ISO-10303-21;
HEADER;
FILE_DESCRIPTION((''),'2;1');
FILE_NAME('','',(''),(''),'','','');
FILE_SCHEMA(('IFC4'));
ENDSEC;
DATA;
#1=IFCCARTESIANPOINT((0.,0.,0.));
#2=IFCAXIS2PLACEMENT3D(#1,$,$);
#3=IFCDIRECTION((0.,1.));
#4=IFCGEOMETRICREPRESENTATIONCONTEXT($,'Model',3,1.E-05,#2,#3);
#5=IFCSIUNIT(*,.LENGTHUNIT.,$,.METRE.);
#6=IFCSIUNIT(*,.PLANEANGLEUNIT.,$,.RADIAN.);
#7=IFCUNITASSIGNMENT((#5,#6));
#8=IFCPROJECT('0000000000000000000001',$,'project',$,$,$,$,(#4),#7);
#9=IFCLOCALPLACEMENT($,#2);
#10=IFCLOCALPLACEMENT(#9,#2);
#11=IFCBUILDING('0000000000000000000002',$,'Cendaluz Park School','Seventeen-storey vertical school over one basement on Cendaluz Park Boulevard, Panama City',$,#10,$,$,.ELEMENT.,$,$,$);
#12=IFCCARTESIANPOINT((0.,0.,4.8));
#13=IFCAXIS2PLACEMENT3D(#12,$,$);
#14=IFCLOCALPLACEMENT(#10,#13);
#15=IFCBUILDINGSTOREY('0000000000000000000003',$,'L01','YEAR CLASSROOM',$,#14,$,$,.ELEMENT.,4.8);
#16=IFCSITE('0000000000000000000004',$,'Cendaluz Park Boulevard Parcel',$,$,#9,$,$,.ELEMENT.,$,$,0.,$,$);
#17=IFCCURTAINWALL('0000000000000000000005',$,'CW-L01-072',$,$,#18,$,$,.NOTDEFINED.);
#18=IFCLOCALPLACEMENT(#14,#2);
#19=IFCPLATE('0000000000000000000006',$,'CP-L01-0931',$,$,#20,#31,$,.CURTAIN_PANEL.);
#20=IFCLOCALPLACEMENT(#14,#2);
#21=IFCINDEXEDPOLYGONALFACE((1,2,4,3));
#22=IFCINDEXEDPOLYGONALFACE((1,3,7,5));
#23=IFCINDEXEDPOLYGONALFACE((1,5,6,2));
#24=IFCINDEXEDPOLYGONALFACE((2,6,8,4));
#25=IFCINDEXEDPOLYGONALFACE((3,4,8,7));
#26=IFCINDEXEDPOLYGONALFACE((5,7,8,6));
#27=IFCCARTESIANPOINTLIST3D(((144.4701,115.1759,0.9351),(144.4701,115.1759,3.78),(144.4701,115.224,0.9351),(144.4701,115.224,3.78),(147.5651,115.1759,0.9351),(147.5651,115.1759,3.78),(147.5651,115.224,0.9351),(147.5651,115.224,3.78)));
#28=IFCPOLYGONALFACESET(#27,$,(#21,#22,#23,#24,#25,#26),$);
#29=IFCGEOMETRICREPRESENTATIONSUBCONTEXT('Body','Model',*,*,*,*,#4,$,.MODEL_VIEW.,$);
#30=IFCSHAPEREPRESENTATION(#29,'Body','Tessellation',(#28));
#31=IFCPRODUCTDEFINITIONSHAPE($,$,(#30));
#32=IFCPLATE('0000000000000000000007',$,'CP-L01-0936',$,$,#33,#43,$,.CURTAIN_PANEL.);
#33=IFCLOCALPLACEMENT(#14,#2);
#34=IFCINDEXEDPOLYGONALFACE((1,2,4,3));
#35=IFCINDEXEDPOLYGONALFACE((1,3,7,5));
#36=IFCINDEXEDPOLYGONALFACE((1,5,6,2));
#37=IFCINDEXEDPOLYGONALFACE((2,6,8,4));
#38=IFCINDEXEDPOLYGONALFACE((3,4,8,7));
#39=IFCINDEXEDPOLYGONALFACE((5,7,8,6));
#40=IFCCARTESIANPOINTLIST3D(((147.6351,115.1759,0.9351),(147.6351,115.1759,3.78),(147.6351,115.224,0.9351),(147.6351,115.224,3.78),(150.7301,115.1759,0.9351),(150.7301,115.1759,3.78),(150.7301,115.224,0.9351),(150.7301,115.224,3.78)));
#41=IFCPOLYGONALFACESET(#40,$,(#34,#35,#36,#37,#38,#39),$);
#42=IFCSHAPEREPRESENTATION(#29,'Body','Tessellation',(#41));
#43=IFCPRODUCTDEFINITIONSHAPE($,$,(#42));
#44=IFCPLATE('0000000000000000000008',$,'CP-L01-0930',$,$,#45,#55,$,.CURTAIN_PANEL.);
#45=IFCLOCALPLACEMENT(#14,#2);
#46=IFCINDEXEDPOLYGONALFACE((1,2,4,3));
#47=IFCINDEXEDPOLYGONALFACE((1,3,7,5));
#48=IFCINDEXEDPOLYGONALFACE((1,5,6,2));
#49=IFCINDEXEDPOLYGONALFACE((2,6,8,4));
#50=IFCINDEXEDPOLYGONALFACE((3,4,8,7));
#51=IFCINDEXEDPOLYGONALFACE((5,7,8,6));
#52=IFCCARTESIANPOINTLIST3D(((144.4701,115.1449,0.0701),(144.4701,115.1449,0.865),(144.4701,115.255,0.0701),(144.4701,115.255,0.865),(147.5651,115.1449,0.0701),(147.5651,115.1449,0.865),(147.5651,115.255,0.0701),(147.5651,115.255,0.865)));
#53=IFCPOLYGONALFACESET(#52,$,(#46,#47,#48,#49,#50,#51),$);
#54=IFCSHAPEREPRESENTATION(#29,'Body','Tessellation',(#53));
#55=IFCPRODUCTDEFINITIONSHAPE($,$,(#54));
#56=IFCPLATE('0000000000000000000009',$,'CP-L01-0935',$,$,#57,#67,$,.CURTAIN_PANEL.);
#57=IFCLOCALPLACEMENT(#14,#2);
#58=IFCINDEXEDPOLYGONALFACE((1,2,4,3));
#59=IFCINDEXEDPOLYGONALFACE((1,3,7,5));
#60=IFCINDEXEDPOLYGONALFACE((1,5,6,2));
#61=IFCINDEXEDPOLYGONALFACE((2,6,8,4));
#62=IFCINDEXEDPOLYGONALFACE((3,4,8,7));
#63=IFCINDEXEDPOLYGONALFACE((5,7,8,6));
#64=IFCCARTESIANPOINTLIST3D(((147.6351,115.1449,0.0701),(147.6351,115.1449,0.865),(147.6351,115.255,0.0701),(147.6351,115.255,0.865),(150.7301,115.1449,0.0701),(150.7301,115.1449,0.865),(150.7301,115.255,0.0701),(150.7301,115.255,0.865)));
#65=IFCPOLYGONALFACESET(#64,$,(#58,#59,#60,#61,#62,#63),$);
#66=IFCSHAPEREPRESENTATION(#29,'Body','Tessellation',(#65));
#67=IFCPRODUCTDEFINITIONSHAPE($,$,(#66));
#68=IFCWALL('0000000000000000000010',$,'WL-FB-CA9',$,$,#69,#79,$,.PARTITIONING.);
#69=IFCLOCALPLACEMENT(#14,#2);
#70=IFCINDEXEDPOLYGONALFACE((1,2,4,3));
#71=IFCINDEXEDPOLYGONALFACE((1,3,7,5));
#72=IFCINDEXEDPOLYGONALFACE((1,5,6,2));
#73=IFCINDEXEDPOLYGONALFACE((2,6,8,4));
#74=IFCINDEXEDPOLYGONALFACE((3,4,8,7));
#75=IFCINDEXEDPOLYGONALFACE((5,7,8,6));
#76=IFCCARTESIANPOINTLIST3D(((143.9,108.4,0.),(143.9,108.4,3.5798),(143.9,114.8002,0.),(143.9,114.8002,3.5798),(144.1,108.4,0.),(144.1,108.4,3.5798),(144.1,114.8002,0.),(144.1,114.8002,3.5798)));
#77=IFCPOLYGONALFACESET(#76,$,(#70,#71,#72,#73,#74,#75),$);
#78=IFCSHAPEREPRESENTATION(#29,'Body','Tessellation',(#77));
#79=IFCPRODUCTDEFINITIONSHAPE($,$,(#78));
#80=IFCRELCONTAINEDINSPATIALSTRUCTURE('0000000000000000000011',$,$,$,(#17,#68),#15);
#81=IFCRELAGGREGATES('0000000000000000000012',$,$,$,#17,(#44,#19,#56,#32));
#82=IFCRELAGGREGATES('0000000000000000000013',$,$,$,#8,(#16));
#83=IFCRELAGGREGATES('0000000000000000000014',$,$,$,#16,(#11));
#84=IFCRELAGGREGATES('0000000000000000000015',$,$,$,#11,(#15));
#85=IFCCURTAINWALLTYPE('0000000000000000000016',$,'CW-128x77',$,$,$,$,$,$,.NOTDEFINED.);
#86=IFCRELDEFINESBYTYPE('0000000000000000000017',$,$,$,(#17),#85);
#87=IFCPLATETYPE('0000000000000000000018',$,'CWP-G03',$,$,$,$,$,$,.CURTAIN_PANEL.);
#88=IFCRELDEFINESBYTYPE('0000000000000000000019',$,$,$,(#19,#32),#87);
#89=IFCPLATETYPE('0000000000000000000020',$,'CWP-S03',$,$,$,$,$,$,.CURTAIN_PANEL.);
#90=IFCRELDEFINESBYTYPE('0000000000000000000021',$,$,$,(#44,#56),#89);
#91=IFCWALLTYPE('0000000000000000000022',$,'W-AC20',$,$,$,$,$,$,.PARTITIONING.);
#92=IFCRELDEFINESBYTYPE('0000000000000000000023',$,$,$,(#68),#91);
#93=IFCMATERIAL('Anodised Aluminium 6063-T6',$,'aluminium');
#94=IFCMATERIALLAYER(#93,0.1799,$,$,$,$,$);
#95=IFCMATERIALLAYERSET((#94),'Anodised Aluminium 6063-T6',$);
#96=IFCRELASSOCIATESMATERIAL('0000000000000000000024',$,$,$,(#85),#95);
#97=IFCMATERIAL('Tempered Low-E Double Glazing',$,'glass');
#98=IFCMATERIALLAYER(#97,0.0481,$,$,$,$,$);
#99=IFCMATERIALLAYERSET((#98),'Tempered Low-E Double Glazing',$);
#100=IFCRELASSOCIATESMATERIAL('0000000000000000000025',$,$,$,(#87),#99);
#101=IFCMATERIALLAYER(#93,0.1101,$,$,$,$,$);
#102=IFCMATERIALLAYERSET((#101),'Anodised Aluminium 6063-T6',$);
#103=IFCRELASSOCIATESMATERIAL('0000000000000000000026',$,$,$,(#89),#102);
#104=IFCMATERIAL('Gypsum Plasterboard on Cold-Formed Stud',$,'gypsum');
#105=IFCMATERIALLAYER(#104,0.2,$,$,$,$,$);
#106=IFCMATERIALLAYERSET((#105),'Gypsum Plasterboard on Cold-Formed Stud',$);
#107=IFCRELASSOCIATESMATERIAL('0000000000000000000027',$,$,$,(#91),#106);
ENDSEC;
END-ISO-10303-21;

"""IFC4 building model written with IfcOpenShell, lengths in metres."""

from ifc_helpers import new_model, si_unit, direction, frame, frame_2d, origin, origin_2d, place, context, subcontext, project, spatial, rectangle, extrude, material, layer, layer_set, type_object, element, aggregate, save


model = new_model("IFC4")

# Units and contexts
model_context = context("Model", 3, precision=1e-05, world=origin(), true_north=direction((0.0, 1.0)))
body_context = subcontext(model_context, "Body", "Model", "MODEL_VIEW")
ifc_project = project(units=[si_unit("LENGTHUNIT", "METRE"), si_unit("PLANEANGLEUNIT", "RADIAN")], contexts=[model_context])

# Site, building, storey
site_placement = place(None, origin())
site = spatial("IfcSite", under=ifc_project, at=site_placement, Name="Cendaluz Park Boulevard Parcel", CompositionType="ELEMENT", RefElevation=0.0)
building_placement = place(site_placement, origin())
building = spatial("IfcBuilding", under=site, at=building_placement, Name="Cendaluz Park School", Description="Seventeen-storey vertical school over one basement on Cendaluz Park Boulevard, Panama City", CompositionType="ELEMENT")
storey_placement = place(building_placement, frame((0.0, 0.0, 4.8)))
storey = spatial("IfcBuildingStorey", under=building, at=storey_placement, Name="L01", Description="YEAR CLASSROOM", CompositionType="ELEMENT", Elevation=4.8)

# Curtain wall, plates
ifc_material_1 = material(Name="Anodised Aluminium 6063-T6", Category="aluminium")
ifc_layer_1 = layer(ifc_material_1, 0.1799)
ifc_layer_set_1 = layer_set([ifc_layer_1], Name="Anodised Aluminium 6063-T6")
curtain_wall_type = type_object("IfcCurtainWallType", Name="CW-128x77", PredefinedType="NOTDEFINED", material=ifc_layer_set_1)
curtain_wall_placement = place(storey_placement, origin())
curtain_wall = element("IfcCurtainWall", 1, at=curtain_wall_placement, inside=storey, type_object=curtain_wall_type, Name="CW-L01-072", PredefinedType="NOTDEFINED")
ifc_material_2 = material(Name="Tempered Low-E Double Glazing", Category="glass")
ifc_layer_2 = layer(ifc_material_2, 0.0481)
ifc_layer_set_2 = layer_set([ifc_layer_2], Name="Tempered Low-E Double Glazing")
plate_type_1 = type_object("IfcPlateType", Name="CWP-G03", PredefinedType="CURTAIN_PANEL", material=ifc_layer_set_2)
plate_1_placement = place(storey_placement, frame((146.0176, 115.2, 0.9351), z_axis=(0.0, 0.0, 1.0), x_axis=(1.0, 0.0, 0.0)))
plate_1 = element("IfcPlate", 2, at=plate_1_placement, type_object=plate_type_1, Name="CP-L01-0931", PredefinedType="CURTAIN_PANEL", context=body_context, shape_type="SweptSolid", body=[
    extrude(rectangle(XDim=3.095, YDim=0.0481, at=origin_2d()), origin(), (0.0, 0.0, 1.0), 2.845),
])
plate_2_placement = place(storey_placement, frame((149.1826, 115.2, 0.9351), z_axis=(0.0, 0.0, 1.0), x_axis=(1.0, 0.0, 0.0)))
plate_2 = element("IfcPlate", 3, at=plate_2_placement, type_object=plate_type_1, Name="CP-L01-0936", PredefinedType="CURTAIN_PANEL", context=body_context, shape_type="SweptSolid", body=[
    extrude(rectangle(XDim=3.095, YDim=0.0481, at=origin_2d()), origin(), (0.0, 0.0, 1.0), 2.845),
])
ifc_layer_3 = layer(ifc_material_1, 0.1101)
ifc_layer_set_3 = layer_set([ifc_layer_3], Name="Anodised Aluminium 6063-T6")
plate_type_2 = type_object("IfcPlateType", Name="CWP-S03", PredefinedType="CURTAIN_PANEL", material=ifc_layer_set_3)
plate_3_placement = place(storey_placement, frame((146.0176, 115.2, 0.0701), z_axis=(0.0, 0.0, 1.0), x_axis=(1.0, 0.0, 0.0)))
plate_3 = element("IfcPlate", 4, at=plate_3_placement, type_object=plate_type_2, Name="CP-L01-0930", PredefinedType="CURTAIN_PANEL", context=body_context, shape_type="SweptSolid", body=[
    extrude(rectangle(XDim=3.095, YDim=0.1101, at=origin_2d()), origin(), (0.0, 0.0, 1.0), 0.7949),
])
plate_4_placement = place(storey_placement, frame((149.1826, 115.2, 0.0701), z_axis=(0.0, 0.0, 1.0), x_axis=(1.0, 0.0, 0.0)))
plate_4 = element("IfcPlate", 5, at=plate_4_placement, type_object=plate_type_2, Name="CP-L01-0935", PredefinedType="CURTAIN_PANEL", context=body_context, shape_type="SweptSolid", body=[
    extrude(rectangle(XDim=3.095, YDim=0.1101, at=origin_2d()), origin(), (0.0, 0.0, 1.0), 0.7949),
])
aggregate(curtain_wall, [plate_3, plate_1, plate_4, plate_2])

# Wall
ifc_material_3 = material(Name="Gypsum Plasterboard on Cold-Formed Stud", Category="gypsum")
ifc_layer_4 = layer(ifc_material_3, 0.2)
ifc_layer_set_4 = layer_set([ifc_layer_4], Name="Gypsum Plasterboard on Cold-Formed Stud")
wall_type = type_object("IfcWallType", Name="W-AC20", PredefinedType="PARTITIONING", material=ifc_layer_set_4)
wall_placement = place(storey_placement, frame((144.0, 108.3999, 0.0), z_axis=(0.0, 0.0, 1.0), x_axis=(0.0, 1.0, 0.0)))
element("IfcWall", 6, at=wall_placement, inside=storey, type_object=wall_type, Name="WL-FB-CA9", PredefinedType="PARTITIONING", context=body_context, shape_type="SweptSolid", body=[
    extrude(rectangle(XDim=6.4001, YDim=0.2, at=frame_2d((3.2002, 0.0))), origin(), (0.0, 0.0, 1.0), 3.5798),
])

save(model, "model.ifc")
